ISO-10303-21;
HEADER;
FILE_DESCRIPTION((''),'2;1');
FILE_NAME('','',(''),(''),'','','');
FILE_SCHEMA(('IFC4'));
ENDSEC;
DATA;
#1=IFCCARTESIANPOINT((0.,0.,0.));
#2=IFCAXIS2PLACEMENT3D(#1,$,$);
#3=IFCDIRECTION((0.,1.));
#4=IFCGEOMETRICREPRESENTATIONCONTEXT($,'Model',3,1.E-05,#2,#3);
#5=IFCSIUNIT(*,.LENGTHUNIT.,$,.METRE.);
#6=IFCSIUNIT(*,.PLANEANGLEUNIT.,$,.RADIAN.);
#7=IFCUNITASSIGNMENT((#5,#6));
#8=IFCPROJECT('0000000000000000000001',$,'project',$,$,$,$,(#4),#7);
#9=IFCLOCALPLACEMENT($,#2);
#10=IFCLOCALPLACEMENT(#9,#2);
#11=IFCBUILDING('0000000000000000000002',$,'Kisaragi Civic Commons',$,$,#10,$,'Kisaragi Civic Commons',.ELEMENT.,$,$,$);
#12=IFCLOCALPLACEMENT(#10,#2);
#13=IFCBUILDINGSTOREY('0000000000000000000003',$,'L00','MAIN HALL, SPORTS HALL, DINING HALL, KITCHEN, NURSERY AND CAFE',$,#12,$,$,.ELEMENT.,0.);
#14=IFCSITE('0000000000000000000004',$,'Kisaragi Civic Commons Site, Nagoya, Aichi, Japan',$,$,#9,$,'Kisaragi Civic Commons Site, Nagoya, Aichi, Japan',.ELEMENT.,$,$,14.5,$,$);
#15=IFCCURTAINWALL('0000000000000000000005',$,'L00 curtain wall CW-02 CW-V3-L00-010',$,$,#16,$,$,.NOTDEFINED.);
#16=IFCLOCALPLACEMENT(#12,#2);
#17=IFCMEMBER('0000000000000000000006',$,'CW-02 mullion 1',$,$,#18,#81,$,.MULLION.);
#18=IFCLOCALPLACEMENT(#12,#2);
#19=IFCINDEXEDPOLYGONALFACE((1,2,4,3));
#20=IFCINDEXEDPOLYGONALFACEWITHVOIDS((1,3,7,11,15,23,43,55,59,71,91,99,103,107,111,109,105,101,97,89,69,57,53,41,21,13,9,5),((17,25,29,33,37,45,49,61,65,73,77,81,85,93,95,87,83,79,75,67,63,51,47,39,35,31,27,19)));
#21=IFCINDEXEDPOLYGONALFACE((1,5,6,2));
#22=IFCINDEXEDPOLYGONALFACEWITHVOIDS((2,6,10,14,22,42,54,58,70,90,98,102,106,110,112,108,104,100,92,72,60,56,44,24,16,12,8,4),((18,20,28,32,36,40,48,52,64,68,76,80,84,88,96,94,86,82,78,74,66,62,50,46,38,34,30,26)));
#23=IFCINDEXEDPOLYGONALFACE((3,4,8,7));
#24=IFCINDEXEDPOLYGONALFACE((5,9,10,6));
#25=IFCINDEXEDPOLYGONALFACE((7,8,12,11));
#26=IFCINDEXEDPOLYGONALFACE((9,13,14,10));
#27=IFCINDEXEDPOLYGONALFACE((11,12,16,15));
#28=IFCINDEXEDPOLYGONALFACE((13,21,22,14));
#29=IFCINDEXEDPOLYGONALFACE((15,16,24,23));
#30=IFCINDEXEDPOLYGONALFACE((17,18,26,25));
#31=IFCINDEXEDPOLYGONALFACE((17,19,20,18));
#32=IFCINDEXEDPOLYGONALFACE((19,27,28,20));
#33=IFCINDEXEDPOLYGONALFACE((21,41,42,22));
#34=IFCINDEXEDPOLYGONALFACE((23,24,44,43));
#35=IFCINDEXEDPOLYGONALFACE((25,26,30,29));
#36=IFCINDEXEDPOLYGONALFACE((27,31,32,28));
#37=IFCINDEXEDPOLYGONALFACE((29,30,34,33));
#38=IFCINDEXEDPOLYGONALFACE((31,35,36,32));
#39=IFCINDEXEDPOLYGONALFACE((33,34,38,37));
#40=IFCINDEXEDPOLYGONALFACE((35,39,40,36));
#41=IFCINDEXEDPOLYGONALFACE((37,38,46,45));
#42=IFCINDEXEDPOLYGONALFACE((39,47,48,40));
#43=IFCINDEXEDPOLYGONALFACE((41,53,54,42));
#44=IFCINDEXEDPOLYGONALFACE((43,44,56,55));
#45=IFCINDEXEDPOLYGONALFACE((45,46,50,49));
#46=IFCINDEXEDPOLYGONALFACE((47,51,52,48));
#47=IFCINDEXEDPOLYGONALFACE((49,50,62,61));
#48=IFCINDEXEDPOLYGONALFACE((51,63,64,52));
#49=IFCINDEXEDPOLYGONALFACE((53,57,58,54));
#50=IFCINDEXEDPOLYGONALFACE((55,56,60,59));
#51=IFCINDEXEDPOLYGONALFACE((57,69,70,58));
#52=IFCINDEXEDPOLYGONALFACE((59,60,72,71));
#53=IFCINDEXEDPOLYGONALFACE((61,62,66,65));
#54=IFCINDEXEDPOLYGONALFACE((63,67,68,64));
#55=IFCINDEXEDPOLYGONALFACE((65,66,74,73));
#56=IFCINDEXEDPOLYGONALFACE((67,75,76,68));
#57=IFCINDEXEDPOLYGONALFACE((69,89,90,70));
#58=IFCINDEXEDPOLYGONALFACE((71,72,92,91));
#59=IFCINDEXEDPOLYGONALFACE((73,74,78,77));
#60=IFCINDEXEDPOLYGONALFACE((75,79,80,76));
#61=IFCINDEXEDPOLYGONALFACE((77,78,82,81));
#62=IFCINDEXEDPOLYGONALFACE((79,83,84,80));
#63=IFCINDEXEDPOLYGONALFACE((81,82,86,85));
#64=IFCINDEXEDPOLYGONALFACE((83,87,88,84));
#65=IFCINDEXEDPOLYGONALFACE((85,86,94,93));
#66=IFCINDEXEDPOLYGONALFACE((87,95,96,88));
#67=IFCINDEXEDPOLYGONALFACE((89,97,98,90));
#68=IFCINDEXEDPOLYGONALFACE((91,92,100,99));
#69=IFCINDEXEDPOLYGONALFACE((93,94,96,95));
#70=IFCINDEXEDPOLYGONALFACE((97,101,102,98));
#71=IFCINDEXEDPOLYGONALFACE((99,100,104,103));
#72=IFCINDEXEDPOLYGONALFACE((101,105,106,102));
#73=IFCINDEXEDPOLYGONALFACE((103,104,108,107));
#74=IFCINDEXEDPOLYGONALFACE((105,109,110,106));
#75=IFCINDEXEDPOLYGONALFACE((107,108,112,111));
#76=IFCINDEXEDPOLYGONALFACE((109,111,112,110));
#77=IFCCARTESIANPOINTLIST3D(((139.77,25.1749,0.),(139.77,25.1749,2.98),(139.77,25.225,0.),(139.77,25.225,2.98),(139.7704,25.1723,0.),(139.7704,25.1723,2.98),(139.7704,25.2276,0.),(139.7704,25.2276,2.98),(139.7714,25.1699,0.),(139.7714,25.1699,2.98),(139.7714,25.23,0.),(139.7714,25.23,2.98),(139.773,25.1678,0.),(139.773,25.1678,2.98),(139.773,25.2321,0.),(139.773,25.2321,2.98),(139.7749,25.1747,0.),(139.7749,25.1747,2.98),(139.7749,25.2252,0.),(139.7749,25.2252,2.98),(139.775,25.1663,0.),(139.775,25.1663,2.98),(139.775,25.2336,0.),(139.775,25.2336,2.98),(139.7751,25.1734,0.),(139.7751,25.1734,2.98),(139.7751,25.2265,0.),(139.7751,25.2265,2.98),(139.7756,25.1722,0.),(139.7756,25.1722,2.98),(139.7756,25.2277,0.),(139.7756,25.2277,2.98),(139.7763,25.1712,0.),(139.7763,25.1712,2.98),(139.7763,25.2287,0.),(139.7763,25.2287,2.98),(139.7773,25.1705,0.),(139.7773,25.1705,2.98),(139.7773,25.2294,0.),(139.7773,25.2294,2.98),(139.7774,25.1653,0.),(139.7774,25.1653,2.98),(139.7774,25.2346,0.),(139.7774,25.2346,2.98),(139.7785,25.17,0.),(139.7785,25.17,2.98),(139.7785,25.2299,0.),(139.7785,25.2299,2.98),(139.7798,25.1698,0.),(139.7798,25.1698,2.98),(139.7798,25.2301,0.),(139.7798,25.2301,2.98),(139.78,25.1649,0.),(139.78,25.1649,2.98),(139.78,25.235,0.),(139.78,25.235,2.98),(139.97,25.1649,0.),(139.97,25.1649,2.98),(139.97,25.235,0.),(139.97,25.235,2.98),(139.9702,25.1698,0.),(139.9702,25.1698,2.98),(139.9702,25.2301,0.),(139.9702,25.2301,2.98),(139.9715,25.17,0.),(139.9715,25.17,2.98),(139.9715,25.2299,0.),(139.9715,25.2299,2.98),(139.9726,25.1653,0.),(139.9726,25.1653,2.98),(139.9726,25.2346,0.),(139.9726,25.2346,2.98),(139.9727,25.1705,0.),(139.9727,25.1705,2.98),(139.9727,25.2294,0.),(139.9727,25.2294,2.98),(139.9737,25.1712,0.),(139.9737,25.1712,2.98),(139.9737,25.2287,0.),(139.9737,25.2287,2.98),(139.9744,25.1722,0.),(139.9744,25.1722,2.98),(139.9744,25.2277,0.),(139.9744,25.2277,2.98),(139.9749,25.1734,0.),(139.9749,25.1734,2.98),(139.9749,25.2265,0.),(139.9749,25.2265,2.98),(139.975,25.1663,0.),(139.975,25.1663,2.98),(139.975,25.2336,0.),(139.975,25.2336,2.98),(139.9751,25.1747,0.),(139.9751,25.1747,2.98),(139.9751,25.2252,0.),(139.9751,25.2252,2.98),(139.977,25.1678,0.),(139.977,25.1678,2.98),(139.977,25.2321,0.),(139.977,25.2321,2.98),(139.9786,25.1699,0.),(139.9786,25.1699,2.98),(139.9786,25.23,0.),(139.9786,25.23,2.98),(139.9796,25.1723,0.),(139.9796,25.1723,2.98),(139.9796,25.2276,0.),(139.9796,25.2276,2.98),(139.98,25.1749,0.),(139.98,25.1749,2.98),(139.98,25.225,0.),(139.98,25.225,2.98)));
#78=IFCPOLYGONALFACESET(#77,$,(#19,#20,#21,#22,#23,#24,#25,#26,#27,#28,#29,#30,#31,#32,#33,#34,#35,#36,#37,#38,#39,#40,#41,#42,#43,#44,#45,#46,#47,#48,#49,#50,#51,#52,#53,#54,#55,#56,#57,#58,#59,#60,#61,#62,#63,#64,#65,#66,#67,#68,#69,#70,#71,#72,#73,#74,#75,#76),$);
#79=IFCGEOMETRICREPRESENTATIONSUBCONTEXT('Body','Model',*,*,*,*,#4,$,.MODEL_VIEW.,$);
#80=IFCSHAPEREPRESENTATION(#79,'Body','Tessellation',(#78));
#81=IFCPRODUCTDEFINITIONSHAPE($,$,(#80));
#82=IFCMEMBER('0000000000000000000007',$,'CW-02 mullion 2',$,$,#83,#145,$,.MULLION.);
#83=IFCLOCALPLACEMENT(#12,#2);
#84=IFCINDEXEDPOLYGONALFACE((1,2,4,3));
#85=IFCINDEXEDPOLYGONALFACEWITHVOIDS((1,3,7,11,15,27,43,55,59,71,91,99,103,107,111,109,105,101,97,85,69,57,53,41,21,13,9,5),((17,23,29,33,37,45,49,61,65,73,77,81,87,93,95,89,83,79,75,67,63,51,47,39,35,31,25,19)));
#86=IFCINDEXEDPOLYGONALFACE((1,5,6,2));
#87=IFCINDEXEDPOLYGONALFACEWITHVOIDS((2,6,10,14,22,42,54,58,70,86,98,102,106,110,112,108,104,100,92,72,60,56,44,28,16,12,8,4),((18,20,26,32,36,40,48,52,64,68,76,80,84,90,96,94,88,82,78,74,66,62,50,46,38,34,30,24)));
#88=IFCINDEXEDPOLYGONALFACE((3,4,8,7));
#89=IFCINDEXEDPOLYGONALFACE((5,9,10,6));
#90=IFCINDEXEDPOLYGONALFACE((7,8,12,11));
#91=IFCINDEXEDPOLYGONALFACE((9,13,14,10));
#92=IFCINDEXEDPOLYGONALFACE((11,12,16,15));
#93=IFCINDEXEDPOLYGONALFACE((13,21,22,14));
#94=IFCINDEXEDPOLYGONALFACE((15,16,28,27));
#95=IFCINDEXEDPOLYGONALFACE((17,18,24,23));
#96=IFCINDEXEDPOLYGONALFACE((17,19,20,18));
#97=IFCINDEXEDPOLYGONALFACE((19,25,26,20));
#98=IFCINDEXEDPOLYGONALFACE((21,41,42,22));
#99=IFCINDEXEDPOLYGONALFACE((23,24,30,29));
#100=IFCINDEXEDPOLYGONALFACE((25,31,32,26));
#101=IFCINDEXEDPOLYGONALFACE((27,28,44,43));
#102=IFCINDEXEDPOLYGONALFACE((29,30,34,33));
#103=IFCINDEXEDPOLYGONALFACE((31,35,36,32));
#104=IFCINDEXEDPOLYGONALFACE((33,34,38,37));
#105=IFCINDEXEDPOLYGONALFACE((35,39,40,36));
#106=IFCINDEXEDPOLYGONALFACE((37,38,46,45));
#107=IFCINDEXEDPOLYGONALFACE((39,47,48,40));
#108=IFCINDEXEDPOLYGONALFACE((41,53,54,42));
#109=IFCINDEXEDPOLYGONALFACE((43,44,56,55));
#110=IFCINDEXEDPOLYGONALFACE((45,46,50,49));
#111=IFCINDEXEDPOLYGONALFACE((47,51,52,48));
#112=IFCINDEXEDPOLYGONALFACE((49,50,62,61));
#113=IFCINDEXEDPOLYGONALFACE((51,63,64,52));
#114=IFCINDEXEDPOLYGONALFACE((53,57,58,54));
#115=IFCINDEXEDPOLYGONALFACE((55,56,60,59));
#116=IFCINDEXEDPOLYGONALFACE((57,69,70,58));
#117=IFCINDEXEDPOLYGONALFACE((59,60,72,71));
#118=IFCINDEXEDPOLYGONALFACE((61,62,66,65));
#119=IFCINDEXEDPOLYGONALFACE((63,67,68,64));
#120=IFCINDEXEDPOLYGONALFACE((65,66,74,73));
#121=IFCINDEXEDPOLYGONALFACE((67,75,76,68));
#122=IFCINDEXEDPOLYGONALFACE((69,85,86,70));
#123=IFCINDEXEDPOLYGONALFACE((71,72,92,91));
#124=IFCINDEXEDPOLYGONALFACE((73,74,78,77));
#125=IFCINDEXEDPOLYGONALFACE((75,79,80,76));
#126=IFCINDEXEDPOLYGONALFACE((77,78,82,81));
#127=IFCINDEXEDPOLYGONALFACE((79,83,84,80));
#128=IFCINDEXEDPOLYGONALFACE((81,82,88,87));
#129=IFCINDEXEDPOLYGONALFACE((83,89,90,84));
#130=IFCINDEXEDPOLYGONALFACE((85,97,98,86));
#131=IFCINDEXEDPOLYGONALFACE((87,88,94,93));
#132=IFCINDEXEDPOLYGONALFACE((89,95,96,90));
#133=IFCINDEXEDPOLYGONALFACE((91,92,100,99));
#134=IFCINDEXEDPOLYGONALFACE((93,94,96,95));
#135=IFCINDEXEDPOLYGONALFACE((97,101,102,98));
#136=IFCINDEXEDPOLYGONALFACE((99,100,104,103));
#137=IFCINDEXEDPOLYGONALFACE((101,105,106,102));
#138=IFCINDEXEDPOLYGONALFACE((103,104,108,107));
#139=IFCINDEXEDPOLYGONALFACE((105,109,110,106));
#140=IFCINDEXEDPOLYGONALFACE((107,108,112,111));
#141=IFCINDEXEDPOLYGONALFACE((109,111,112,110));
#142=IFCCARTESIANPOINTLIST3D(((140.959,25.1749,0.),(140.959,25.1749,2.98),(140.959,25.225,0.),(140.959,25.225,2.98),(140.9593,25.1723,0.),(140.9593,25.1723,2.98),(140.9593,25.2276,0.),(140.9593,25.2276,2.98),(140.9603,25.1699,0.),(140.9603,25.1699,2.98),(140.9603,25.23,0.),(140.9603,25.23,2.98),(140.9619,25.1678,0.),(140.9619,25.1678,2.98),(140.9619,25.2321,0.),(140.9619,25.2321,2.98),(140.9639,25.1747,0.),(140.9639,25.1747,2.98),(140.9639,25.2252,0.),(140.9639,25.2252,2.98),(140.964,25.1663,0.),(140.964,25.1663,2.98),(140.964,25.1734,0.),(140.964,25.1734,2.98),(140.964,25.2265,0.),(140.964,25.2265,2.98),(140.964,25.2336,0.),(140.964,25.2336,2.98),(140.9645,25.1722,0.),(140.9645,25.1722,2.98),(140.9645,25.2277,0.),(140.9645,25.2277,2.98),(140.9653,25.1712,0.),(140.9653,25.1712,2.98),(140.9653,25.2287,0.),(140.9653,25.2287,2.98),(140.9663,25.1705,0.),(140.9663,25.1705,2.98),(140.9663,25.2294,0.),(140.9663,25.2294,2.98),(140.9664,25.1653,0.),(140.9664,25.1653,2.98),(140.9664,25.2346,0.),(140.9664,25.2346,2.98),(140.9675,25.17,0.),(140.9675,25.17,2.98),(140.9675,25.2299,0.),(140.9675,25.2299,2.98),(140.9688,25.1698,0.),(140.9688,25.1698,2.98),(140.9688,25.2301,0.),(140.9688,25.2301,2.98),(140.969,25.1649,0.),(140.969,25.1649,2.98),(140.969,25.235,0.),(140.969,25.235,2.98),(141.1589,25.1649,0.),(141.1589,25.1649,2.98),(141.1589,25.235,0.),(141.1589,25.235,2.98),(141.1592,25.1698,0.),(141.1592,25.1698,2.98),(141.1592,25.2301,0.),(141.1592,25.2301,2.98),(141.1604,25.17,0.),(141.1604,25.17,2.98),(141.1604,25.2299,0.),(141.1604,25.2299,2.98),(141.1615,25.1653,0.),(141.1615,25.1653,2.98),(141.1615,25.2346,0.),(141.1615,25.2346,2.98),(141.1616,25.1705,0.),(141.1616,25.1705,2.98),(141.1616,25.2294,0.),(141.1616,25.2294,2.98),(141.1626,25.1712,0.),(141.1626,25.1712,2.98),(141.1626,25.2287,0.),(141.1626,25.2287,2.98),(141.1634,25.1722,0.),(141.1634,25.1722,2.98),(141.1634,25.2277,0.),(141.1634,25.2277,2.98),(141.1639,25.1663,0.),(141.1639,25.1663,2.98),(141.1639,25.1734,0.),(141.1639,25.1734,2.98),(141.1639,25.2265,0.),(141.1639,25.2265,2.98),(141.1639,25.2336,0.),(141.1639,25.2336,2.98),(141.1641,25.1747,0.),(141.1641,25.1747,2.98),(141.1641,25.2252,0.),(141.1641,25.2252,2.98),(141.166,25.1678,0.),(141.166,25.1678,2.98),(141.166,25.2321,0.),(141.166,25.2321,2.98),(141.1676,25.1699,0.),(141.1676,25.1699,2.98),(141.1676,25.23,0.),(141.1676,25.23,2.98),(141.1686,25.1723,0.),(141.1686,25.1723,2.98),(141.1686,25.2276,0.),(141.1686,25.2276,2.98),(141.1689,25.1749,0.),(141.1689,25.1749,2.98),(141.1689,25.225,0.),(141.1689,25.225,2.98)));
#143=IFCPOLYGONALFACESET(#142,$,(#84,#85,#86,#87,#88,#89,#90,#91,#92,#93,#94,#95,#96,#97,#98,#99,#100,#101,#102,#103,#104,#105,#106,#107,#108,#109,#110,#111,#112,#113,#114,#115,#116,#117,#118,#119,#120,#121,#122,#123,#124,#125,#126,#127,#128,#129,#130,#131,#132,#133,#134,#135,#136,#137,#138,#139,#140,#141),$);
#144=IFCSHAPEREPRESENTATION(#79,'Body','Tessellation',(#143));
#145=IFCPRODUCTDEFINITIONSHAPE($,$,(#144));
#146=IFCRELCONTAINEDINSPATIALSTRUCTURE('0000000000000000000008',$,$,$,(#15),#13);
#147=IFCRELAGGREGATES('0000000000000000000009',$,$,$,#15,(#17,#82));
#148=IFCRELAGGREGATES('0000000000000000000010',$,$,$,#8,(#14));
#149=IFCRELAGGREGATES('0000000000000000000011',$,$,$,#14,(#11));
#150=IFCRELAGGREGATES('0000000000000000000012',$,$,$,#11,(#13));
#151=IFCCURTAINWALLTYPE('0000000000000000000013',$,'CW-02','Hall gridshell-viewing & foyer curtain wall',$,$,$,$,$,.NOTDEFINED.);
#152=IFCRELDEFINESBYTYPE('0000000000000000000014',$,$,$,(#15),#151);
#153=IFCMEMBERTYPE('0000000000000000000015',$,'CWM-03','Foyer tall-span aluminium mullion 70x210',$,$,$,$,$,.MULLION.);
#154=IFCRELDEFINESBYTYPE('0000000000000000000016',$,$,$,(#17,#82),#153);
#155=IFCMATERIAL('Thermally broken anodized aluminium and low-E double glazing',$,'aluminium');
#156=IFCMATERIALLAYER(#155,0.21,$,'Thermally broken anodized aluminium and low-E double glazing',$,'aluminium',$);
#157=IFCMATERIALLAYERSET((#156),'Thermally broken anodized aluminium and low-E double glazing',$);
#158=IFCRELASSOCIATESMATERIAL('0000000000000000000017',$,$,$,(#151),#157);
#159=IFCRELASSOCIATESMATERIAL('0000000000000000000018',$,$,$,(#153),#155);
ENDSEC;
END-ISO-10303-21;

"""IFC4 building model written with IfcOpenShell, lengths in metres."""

from ifc_helpers import new_model, si_unit, direction, frame, origin, origin_2d, place, context, subcontext, project, spatial, hollow_rectangle, extrude, material, layer, layer_set, material_profile, profile_set, type_object, element, aggregate, save


model = new_model("IFC4")

# Units and contexts
model_context = context("Model", 3, precision=1e-05, world=origin(), true_north=direction((0.0, 1.0)))
body_context = subcontext(model_context, "Body", "Model", "MODEL_VIEW")
ifc_project = project(units=[si_unit("LENGTHUNIT", "METRE"), si_unit("PLANEANGLEUNIT", "RADIAN")], contexts=[model_context])

# Site, building, storey
site_placement = place(None, origin())
site = spatial("IfcSite", under=ifc_project, at=site_placement, Name="Kisaragi Civic Commons Site, Nagoya, Aichi, Japan", LongName="Kisaragi Civic Commons Site, Nagoya, Aichi, Japan", CompositionType="ELEMENT", RefElevation=14.5)
building_placement = place(site_placement, origin())
building = spatial("IfcBuilding", under=site, at=building_placement, Name="Kisaragi Civic Commons", LongName="Kisaragi Civic Commons", CompositionType="ELEMENT")
storey_placement = place(building_placement, origin())
storey = spatial("IfcBuildingStorey", under=building, at=storey_placement, Name="L00", Description="MAIN HALL, SPORTS HALL, DINING HALL, KITCHEN, NURSERY AND CAFE", CompositionType="ELEMENT", Elevation=0.0)

# Curtain wall, members
ifc_material = material(Name="Thermally broken anodized aluminium and low-E double glazing", Category="aluminium")
ifc_layer_1 = layer(ifc_material, 0.21, Name="Thermally broken anodized aluminium and low-E double glazing", Category="aluminium")
ifc_layer_set_1 = layer_set([ifc_layer_1], Name="Thermally broken anodized aluminium and low-E double glazing")
curtain_wall_type = type_object("IfcCurtainWallType", Name="CW-02", Description="Hall gridshell-viewing & foyer curtain wall", PredefinedType="NOTDEFINED", material=ifc_layer_set_1)
ifc_material_profile_1 = material_profile(ifc_material, hollow_rectangle(XDim=0.0701, YDim=0.21, WallThickness=0.0049, InnerFilletRadius=0.0049, OuterFilletRadius=0.01, at=origin_2d()), Name="CWM-70x210x5", Category="aluminium")
ifc_profile_set_1 = profile_set([ifc_material_profile_1], Name="Thermally broken anodized aluminium and low-E double glazing")
member_type_1 = type_object("IfcMemberType", Name="CWM-03", Description="Foyer tall-span aluminium mullion 70x210", PredefinedType="MULLION", material=ifc_profile_set_1)
curtain_wall_1_placement = place(storey_placement, origin())
curtain_wall_1 = element("IfcCurtainWall", 1, at=curtain_wall_1_placement, inside=storey, type_object=curtain_wall_type, Name="L00 curtain wall CW-02 CW-V3-L00-010", PredefinedType="NOTDEFINED")
member_1_placement = place(storey_placement, frame((139.875, 25.2, 0.0), z_axis=(0.0, 0.0, 1.0), x_axis=(0.0, 1.0, 0.0)))
member_1 = element("IfcMember", 2, at=member_1_placement, type_object=member_type_1, Name="CW-02 mullion 1", PredefinedType="MULLION", context=body_context, shape_type="SweptSolid", body=[
    extrude(hollow_rectangle(XDim=0.0701, YDim=0.21, WallThickness=0.0049, InnerFilletRadius=0.0049, OuterFilletRadius=0.01, at=origin_2d()), origin(), (0.0, 0.0, 1.0), 2.98),
])
member_2_placement = place(storey_placement, frame((141.064, 25.2, 0.0), z_axis=(0.0, 0.0, 1.0), x_axis=(0.0, 1.0, 0.0)))
member_2 = element("IfcMember", 3, at=member_2_placement, type_object=member_type_1, Name="CW-02 mullion 2", PredefinedType="MULLION", context=body_context, shape_type="SweptSolid", body=[
    extrude(hollow_rectangle(XDim=0.0701, YDim=0.21, WallThickness=0.0049, InnerFilletRadius=0.0049, OuterFilletRadius=0.01, at=origin_2d()), origin(), (0.0, 0.0, 1.0), 2.98),
])

aggregate(curtain_wall_1, [member_1, member_2])

save(model, "model.ifc")
